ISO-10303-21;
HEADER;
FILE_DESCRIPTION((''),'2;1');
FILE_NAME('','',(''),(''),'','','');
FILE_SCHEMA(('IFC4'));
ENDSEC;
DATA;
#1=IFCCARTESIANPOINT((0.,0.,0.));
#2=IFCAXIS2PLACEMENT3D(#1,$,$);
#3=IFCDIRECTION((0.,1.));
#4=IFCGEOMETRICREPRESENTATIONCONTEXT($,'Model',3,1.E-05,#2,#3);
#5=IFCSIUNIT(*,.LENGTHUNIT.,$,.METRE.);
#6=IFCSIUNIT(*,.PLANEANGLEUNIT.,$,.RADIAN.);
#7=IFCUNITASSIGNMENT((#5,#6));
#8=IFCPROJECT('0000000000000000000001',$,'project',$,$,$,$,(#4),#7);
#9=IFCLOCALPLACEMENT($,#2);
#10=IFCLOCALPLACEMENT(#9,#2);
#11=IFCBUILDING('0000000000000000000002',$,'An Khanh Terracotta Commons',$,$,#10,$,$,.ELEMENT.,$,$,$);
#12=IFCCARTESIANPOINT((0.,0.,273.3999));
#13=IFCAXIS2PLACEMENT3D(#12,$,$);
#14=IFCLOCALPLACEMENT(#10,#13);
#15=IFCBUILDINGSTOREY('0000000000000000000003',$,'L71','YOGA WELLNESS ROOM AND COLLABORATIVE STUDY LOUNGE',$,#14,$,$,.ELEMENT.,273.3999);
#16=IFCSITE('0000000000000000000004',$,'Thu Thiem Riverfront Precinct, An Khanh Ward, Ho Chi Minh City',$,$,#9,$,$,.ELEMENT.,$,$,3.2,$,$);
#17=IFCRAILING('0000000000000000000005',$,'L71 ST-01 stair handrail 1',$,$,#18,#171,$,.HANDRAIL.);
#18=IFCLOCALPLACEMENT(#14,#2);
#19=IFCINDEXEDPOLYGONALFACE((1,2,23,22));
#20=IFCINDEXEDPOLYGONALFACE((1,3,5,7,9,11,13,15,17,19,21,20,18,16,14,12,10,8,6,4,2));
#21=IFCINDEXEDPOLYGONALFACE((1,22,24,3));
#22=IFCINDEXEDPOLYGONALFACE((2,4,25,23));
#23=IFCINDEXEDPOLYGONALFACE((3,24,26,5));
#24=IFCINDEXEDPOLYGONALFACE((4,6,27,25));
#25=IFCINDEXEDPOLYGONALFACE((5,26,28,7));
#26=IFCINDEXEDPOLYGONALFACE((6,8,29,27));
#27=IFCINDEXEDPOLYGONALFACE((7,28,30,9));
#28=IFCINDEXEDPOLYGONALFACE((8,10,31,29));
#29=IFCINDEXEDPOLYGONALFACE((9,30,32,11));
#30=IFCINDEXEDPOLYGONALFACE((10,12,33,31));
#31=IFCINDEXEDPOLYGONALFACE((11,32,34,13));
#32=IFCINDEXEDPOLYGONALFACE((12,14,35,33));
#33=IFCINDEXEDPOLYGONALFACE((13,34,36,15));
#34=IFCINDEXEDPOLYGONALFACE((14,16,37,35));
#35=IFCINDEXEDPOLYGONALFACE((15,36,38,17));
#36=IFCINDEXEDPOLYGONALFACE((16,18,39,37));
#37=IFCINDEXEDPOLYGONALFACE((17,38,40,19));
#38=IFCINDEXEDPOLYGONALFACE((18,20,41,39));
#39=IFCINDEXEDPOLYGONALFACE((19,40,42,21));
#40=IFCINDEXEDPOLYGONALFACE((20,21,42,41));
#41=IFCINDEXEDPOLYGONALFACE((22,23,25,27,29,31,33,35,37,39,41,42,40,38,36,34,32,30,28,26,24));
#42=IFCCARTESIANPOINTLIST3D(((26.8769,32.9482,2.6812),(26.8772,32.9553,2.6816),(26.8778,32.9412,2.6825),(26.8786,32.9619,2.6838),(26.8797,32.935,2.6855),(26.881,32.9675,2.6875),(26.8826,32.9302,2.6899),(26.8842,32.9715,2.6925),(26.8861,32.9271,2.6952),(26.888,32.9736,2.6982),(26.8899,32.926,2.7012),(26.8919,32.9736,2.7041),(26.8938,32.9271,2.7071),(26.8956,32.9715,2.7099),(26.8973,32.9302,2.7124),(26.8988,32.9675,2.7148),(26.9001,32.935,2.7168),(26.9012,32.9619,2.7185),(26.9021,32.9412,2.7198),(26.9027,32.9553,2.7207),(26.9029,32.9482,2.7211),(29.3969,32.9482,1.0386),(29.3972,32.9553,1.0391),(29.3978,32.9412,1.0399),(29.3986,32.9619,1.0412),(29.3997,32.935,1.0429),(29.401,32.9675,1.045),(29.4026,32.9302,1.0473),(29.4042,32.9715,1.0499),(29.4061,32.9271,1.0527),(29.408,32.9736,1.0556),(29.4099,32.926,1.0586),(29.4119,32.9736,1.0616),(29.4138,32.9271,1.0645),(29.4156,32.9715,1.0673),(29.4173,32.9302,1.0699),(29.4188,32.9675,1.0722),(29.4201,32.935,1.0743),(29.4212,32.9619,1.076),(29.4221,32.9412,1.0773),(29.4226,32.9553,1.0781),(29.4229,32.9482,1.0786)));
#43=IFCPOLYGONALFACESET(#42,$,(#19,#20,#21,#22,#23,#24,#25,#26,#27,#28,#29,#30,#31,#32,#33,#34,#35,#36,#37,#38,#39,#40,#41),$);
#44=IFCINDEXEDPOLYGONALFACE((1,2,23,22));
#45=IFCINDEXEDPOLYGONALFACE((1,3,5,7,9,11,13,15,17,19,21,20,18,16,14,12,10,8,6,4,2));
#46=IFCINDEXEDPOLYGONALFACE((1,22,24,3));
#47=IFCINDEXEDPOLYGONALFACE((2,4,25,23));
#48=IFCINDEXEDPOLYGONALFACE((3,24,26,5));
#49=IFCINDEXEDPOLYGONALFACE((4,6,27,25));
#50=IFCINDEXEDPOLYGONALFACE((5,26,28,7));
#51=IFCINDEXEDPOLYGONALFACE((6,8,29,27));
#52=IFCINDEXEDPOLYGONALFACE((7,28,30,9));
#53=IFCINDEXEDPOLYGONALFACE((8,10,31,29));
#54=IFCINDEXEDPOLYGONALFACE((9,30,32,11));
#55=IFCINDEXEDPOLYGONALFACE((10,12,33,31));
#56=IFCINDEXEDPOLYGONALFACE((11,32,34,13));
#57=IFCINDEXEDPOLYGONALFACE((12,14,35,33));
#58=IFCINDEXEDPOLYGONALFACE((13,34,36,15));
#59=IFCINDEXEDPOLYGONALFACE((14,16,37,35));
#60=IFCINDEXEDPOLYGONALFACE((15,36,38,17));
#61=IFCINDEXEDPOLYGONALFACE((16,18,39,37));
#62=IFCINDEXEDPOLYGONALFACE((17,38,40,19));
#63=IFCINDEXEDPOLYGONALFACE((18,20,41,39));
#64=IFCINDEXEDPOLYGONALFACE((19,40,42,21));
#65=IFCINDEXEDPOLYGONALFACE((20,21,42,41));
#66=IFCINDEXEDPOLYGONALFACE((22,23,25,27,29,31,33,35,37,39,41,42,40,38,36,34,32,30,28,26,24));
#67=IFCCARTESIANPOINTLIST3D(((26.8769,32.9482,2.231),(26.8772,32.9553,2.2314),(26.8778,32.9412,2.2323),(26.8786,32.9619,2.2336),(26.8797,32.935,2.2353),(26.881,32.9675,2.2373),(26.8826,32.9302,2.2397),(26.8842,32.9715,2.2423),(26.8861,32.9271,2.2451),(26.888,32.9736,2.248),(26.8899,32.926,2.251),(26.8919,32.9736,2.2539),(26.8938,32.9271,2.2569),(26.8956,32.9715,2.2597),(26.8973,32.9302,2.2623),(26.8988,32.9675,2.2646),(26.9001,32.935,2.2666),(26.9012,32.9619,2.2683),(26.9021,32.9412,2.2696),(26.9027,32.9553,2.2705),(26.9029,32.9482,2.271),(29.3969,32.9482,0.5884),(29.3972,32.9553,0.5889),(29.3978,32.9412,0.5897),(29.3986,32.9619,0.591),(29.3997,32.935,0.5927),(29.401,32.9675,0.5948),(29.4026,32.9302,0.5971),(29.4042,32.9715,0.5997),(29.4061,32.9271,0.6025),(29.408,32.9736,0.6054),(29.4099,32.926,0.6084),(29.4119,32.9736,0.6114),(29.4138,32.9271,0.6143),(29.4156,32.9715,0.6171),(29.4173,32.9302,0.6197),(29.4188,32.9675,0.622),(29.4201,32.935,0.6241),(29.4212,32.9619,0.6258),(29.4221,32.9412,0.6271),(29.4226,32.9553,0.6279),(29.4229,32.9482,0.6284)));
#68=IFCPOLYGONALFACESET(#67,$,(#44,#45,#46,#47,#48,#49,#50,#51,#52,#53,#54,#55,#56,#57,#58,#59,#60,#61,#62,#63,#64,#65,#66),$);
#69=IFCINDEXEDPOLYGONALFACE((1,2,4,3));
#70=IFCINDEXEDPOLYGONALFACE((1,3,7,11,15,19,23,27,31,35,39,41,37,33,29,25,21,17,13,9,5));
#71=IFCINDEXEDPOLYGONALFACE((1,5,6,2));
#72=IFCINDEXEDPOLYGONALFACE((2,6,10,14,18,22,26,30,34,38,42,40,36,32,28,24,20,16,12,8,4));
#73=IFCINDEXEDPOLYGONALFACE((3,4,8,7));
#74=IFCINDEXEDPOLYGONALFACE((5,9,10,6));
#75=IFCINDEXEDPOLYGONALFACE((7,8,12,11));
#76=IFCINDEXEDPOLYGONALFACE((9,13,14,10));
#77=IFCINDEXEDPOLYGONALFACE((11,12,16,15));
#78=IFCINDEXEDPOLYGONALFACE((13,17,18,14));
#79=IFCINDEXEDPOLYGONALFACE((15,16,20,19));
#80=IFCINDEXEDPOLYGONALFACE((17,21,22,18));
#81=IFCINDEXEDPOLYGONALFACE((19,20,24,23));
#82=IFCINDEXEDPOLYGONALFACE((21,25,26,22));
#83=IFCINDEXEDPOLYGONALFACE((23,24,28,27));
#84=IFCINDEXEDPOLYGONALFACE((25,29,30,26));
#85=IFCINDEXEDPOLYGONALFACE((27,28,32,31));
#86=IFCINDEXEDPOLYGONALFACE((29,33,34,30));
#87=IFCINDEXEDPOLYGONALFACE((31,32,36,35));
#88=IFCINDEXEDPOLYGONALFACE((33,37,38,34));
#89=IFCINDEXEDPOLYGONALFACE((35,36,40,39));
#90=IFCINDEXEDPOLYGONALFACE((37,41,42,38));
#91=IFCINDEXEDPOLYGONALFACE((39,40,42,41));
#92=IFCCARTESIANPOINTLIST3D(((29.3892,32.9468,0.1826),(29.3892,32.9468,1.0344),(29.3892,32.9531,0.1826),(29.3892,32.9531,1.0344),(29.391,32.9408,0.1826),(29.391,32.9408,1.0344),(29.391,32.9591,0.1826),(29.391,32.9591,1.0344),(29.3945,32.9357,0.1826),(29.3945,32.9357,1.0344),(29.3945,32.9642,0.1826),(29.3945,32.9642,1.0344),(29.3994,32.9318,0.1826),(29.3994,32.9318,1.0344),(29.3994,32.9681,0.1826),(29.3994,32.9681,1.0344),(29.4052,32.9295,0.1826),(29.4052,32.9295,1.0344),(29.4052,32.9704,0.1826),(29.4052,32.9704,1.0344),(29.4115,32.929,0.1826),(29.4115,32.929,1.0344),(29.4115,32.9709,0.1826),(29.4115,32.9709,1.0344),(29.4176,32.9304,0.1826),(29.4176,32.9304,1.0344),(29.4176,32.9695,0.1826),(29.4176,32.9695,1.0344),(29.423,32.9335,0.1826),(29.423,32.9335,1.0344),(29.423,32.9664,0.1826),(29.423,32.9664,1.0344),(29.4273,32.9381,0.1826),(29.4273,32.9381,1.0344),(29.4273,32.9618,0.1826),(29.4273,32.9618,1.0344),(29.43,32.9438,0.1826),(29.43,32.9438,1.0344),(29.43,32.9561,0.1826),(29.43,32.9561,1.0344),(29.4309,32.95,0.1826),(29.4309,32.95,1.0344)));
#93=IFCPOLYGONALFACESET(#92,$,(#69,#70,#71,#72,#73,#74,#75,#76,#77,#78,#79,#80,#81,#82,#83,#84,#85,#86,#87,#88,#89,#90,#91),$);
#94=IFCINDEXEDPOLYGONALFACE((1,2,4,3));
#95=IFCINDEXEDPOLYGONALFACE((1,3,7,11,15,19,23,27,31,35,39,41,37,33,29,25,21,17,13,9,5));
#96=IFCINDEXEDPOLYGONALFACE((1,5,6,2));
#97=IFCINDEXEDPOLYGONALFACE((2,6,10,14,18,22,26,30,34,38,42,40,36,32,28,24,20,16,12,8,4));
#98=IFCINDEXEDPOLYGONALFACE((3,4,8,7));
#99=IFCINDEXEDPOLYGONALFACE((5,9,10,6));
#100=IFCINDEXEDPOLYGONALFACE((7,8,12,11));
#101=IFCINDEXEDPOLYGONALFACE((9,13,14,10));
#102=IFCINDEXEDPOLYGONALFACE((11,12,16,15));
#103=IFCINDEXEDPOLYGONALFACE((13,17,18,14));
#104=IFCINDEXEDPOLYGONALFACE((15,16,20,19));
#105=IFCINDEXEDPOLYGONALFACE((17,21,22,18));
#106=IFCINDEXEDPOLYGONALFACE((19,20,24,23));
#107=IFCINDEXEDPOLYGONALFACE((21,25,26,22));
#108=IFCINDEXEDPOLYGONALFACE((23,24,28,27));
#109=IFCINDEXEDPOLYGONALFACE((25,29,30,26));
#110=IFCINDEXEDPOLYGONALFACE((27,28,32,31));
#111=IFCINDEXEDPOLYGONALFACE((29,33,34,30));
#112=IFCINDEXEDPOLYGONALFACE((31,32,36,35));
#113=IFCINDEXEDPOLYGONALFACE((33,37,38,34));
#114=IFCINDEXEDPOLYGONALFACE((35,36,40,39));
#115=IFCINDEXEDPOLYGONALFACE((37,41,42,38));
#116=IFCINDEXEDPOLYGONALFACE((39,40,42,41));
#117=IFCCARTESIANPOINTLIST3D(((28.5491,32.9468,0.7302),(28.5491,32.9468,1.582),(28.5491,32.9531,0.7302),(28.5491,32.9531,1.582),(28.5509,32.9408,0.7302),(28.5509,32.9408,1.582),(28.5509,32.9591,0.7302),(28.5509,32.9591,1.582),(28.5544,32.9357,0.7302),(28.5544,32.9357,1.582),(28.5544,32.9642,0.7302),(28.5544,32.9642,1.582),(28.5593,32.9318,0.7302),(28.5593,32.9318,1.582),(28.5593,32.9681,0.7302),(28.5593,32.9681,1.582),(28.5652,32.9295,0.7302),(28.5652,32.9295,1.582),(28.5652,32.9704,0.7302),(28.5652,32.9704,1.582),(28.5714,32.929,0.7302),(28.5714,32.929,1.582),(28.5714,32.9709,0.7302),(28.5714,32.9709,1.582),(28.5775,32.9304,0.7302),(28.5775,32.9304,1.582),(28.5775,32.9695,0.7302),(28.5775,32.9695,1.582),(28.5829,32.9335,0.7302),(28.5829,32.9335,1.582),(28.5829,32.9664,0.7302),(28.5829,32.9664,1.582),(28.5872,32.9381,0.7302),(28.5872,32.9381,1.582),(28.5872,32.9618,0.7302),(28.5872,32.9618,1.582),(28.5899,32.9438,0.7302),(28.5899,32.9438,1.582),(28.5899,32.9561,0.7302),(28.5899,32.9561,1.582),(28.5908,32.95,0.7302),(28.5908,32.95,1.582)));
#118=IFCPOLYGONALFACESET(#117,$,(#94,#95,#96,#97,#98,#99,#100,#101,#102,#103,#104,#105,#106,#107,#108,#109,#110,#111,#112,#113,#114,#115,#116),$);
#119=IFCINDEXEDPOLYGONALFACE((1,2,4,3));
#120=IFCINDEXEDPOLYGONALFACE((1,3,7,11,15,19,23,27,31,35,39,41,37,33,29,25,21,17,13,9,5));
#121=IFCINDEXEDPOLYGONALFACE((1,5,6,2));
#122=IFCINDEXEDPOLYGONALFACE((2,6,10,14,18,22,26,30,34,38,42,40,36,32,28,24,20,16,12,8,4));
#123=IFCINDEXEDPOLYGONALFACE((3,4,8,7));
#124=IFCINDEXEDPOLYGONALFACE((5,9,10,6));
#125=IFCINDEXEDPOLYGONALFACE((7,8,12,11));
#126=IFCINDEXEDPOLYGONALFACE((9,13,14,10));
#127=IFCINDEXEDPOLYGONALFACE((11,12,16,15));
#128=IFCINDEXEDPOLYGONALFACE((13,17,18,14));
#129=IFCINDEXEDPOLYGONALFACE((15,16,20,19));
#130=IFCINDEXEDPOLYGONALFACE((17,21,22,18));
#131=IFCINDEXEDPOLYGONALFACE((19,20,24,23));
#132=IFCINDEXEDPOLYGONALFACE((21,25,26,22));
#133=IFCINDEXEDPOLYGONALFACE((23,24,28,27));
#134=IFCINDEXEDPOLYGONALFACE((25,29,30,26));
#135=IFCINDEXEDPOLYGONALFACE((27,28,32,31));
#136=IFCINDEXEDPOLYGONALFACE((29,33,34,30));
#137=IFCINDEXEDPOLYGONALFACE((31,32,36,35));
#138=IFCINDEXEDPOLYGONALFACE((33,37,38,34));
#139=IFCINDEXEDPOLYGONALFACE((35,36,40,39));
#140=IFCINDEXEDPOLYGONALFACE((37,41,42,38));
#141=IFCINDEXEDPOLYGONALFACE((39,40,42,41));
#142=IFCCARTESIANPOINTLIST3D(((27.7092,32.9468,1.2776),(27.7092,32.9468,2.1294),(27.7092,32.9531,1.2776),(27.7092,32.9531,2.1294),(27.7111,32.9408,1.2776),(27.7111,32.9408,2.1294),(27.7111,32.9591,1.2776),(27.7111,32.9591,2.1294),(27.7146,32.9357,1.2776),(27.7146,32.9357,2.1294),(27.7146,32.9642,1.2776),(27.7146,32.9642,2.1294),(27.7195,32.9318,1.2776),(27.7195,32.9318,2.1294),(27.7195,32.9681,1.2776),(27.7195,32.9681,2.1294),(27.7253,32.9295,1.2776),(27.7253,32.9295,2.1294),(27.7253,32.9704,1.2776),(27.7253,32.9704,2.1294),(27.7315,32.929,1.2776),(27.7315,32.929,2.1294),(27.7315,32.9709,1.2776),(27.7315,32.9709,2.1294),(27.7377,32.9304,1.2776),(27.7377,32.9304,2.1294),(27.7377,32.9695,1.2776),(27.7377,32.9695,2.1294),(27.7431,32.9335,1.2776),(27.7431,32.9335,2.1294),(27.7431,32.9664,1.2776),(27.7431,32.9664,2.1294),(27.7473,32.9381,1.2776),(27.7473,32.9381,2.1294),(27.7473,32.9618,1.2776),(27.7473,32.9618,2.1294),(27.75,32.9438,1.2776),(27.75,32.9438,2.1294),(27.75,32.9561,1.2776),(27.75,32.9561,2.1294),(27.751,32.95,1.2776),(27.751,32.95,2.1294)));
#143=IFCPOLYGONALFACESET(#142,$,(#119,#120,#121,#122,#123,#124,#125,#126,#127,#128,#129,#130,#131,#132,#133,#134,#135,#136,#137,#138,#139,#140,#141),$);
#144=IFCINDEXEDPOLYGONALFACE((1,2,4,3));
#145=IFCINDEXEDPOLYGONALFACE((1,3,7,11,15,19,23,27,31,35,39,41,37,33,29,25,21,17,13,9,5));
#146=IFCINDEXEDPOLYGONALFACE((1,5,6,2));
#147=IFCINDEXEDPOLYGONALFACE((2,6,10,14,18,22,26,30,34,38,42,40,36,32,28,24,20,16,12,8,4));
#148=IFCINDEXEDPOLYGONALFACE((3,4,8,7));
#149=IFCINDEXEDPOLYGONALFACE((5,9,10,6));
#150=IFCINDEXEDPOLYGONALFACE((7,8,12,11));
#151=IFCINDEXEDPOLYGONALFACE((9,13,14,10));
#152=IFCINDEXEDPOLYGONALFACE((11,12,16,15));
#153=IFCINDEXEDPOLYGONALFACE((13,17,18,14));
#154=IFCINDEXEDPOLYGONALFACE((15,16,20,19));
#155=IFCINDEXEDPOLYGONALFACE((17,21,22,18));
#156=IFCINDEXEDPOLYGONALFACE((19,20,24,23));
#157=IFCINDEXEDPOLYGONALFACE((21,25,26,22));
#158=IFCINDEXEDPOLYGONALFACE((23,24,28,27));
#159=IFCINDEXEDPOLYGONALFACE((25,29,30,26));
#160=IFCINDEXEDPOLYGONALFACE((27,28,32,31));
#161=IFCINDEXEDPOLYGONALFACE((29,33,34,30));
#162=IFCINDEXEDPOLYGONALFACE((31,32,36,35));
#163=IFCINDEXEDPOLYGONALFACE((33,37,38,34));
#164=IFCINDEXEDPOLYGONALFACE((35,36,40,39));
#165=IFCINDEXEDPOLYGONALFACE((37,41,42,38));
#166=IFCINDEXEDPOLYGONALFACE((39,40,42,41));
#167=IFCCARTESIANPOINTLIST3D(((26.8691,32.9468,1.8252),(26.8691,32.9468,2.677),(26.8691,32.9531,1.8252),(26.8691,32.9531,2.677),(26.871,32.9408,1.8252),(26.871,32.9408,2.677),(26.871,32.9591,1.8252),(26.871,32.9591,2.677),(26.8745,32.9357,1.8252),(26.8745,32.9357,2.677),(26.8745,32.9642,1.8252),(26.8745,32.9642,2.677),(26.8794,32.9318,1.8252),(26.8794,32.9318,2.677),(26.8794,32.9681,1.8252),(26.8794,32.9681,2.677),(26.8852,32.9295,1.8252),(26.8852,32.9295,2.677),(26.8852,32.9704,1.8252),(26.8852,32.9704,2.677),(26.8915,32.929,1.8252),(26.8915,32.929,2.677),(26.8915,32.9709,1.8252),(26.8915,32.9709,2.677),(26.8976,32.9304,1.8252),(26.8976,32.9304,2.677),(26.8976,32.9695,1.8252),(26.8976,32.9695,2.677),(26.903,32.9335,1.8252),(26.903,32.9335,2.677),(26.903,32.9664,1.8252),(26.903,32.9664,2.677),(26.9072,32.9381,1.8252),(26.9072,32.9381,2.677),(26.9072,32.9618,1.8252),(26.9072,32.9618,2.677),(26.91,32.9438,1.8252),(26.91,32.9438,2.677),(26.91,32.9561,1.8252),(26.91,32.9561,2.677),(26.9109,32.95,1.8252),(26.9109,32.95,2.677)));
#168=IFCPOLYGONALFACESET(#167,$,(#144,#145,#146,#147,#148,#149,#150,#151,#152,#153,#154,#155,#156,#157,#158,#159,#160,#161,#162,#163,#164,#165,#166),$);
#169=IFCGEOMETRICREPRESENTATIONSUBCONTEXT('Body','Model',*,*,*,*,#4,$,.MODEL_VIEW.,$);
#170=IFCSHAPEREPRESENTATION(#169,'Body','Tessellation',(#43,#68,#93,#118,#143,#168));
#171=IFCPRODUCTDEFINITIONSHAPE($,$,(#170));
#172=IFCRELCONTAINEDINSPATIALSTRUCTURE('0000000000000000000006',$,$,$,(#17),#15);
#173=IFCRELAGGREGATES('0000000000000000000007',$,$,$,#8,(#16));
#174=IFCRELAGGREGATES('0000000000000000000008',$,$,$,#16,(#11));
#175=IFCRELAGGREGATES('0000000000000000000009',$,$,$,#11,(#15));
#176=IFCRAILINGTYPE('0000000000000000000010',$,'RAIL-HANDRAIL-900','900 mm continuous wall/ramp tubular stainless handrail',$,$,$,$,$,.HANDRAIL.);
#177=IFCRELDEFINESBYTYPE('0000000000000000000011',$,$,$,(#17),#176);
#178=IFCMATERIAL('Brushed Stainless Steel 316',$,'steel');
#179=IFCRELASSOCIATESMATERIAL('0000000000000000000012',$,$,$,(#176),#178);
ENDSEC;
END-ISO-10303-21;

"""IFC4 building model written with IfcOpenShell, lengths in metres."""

from ifc_helpers import new_model, si_unit, direction, frame, origin, origin_2d, place, context, subcontext, project, spatial, circle, extrude, material, type_object, element, save


model = new_model("IFC4")

# Units and contexts
model_context = context("Model", 3, precision=1e-05, world=origin(), true_north=direction((0.0, 1.0)))
body_context = subcontext(model_context, "Body", "Model", "MODEL_VIEW")
ifc_project = project(units=[si_unit("LENGTHUNIT", "METRE"), si_unit("PLANEANGLEUNIT", "RADIAN")], contexts=[model_context])

# Site, building, storey
site_placement = place(None, origin())
site = spatial("IfcSite", under=ifc_project, at=site_placement, Name="Thu Thiem Riverfront Precinct, An Khanh Ward, Ho Chi Minh City", CompositionType="ELEMENT", RefElevation=3.2)
building_placement = place(site_placement, origin())
building = spatial("IfcBuilding", under=site, at=building_placement, Name="An Khanh Terracotta Commons", CompositionType="ELEMENT")
storey_placement = place(building_placement, frame((0.0, 0.0, 273.3999)))
storey = spatial("IfcBuildingStorey", under=building, at=storey_placement, Name="L71", Description="YOGA WELLNESS ROOM AND COLLABORATIVE STUDY LOUNGE", CompositionType="ELEMENT", Elevation=273.3999)

# Railing
ifc_material_1 = material(Name="Brushed Stainless Steel 316", Category="steel")
railing_type_1 = type_object("IfcRailingType", Name="RAIL-HANDRAIL-900", Description="900 mm continuous wall/ramp tubular stainless handrail", PredefinedType="HANDRAIL", material=ifc_material_1)
railing_1_placement = place(storey_placement, frame((29.4099, 32.95, 0.1826)))
element("IfcRailing", 1, at=railing_1_placement, inside=storey, type_object=railing_type_1, Name="L71 ST-01 stair handrail 1", PredefinedType="HANDRAIL", context=body_context, shape_type="SweptSolid", body=[
    extrude(circle(Radius=0.0239, at=origin_2d()), frame((0.0, 0.0, 0.876), z_axis=(-0.837749, 0.0, 0.546055), x_axis=(0.0, -1.0, 0.0)), (0.0, 0.0, 1.0), 3.0081),
    extrude(circle(Radius=0.0239, at=origin_2d()), frame((0.0, 0.0, 0.4258), z_axis=(-0.837749, 0.0, 0.546055), x_axis=(0.0, -1.0, 0.0)), (0.0, 0.0, 1.0), 3.0081),
    extrude(circle(Radius=0.021, at=origin_2d()), origin(), (0.0, 0.0, 1.0), 0.8518),
    extrude(circle(Radius=0.021, at=origin_2d()), frame((-0.8401, 0.0, 0.5476)), (0.0, 0.0, 1.0), 0.8518),
    extrude(circle(Radius=0.021, at=origin_2d()), frame((-1.6799, 0.0, 1.095)), (0.0, 0.0, 1.0), 0.8518),
    extrude(circle(Radius=0.021, at=origin_2d()), frame((-2.52, 0.0, 1.6426)), (0.0, 0.0, 1.0), 0.8518),
])

save(model, "model.ifc")
